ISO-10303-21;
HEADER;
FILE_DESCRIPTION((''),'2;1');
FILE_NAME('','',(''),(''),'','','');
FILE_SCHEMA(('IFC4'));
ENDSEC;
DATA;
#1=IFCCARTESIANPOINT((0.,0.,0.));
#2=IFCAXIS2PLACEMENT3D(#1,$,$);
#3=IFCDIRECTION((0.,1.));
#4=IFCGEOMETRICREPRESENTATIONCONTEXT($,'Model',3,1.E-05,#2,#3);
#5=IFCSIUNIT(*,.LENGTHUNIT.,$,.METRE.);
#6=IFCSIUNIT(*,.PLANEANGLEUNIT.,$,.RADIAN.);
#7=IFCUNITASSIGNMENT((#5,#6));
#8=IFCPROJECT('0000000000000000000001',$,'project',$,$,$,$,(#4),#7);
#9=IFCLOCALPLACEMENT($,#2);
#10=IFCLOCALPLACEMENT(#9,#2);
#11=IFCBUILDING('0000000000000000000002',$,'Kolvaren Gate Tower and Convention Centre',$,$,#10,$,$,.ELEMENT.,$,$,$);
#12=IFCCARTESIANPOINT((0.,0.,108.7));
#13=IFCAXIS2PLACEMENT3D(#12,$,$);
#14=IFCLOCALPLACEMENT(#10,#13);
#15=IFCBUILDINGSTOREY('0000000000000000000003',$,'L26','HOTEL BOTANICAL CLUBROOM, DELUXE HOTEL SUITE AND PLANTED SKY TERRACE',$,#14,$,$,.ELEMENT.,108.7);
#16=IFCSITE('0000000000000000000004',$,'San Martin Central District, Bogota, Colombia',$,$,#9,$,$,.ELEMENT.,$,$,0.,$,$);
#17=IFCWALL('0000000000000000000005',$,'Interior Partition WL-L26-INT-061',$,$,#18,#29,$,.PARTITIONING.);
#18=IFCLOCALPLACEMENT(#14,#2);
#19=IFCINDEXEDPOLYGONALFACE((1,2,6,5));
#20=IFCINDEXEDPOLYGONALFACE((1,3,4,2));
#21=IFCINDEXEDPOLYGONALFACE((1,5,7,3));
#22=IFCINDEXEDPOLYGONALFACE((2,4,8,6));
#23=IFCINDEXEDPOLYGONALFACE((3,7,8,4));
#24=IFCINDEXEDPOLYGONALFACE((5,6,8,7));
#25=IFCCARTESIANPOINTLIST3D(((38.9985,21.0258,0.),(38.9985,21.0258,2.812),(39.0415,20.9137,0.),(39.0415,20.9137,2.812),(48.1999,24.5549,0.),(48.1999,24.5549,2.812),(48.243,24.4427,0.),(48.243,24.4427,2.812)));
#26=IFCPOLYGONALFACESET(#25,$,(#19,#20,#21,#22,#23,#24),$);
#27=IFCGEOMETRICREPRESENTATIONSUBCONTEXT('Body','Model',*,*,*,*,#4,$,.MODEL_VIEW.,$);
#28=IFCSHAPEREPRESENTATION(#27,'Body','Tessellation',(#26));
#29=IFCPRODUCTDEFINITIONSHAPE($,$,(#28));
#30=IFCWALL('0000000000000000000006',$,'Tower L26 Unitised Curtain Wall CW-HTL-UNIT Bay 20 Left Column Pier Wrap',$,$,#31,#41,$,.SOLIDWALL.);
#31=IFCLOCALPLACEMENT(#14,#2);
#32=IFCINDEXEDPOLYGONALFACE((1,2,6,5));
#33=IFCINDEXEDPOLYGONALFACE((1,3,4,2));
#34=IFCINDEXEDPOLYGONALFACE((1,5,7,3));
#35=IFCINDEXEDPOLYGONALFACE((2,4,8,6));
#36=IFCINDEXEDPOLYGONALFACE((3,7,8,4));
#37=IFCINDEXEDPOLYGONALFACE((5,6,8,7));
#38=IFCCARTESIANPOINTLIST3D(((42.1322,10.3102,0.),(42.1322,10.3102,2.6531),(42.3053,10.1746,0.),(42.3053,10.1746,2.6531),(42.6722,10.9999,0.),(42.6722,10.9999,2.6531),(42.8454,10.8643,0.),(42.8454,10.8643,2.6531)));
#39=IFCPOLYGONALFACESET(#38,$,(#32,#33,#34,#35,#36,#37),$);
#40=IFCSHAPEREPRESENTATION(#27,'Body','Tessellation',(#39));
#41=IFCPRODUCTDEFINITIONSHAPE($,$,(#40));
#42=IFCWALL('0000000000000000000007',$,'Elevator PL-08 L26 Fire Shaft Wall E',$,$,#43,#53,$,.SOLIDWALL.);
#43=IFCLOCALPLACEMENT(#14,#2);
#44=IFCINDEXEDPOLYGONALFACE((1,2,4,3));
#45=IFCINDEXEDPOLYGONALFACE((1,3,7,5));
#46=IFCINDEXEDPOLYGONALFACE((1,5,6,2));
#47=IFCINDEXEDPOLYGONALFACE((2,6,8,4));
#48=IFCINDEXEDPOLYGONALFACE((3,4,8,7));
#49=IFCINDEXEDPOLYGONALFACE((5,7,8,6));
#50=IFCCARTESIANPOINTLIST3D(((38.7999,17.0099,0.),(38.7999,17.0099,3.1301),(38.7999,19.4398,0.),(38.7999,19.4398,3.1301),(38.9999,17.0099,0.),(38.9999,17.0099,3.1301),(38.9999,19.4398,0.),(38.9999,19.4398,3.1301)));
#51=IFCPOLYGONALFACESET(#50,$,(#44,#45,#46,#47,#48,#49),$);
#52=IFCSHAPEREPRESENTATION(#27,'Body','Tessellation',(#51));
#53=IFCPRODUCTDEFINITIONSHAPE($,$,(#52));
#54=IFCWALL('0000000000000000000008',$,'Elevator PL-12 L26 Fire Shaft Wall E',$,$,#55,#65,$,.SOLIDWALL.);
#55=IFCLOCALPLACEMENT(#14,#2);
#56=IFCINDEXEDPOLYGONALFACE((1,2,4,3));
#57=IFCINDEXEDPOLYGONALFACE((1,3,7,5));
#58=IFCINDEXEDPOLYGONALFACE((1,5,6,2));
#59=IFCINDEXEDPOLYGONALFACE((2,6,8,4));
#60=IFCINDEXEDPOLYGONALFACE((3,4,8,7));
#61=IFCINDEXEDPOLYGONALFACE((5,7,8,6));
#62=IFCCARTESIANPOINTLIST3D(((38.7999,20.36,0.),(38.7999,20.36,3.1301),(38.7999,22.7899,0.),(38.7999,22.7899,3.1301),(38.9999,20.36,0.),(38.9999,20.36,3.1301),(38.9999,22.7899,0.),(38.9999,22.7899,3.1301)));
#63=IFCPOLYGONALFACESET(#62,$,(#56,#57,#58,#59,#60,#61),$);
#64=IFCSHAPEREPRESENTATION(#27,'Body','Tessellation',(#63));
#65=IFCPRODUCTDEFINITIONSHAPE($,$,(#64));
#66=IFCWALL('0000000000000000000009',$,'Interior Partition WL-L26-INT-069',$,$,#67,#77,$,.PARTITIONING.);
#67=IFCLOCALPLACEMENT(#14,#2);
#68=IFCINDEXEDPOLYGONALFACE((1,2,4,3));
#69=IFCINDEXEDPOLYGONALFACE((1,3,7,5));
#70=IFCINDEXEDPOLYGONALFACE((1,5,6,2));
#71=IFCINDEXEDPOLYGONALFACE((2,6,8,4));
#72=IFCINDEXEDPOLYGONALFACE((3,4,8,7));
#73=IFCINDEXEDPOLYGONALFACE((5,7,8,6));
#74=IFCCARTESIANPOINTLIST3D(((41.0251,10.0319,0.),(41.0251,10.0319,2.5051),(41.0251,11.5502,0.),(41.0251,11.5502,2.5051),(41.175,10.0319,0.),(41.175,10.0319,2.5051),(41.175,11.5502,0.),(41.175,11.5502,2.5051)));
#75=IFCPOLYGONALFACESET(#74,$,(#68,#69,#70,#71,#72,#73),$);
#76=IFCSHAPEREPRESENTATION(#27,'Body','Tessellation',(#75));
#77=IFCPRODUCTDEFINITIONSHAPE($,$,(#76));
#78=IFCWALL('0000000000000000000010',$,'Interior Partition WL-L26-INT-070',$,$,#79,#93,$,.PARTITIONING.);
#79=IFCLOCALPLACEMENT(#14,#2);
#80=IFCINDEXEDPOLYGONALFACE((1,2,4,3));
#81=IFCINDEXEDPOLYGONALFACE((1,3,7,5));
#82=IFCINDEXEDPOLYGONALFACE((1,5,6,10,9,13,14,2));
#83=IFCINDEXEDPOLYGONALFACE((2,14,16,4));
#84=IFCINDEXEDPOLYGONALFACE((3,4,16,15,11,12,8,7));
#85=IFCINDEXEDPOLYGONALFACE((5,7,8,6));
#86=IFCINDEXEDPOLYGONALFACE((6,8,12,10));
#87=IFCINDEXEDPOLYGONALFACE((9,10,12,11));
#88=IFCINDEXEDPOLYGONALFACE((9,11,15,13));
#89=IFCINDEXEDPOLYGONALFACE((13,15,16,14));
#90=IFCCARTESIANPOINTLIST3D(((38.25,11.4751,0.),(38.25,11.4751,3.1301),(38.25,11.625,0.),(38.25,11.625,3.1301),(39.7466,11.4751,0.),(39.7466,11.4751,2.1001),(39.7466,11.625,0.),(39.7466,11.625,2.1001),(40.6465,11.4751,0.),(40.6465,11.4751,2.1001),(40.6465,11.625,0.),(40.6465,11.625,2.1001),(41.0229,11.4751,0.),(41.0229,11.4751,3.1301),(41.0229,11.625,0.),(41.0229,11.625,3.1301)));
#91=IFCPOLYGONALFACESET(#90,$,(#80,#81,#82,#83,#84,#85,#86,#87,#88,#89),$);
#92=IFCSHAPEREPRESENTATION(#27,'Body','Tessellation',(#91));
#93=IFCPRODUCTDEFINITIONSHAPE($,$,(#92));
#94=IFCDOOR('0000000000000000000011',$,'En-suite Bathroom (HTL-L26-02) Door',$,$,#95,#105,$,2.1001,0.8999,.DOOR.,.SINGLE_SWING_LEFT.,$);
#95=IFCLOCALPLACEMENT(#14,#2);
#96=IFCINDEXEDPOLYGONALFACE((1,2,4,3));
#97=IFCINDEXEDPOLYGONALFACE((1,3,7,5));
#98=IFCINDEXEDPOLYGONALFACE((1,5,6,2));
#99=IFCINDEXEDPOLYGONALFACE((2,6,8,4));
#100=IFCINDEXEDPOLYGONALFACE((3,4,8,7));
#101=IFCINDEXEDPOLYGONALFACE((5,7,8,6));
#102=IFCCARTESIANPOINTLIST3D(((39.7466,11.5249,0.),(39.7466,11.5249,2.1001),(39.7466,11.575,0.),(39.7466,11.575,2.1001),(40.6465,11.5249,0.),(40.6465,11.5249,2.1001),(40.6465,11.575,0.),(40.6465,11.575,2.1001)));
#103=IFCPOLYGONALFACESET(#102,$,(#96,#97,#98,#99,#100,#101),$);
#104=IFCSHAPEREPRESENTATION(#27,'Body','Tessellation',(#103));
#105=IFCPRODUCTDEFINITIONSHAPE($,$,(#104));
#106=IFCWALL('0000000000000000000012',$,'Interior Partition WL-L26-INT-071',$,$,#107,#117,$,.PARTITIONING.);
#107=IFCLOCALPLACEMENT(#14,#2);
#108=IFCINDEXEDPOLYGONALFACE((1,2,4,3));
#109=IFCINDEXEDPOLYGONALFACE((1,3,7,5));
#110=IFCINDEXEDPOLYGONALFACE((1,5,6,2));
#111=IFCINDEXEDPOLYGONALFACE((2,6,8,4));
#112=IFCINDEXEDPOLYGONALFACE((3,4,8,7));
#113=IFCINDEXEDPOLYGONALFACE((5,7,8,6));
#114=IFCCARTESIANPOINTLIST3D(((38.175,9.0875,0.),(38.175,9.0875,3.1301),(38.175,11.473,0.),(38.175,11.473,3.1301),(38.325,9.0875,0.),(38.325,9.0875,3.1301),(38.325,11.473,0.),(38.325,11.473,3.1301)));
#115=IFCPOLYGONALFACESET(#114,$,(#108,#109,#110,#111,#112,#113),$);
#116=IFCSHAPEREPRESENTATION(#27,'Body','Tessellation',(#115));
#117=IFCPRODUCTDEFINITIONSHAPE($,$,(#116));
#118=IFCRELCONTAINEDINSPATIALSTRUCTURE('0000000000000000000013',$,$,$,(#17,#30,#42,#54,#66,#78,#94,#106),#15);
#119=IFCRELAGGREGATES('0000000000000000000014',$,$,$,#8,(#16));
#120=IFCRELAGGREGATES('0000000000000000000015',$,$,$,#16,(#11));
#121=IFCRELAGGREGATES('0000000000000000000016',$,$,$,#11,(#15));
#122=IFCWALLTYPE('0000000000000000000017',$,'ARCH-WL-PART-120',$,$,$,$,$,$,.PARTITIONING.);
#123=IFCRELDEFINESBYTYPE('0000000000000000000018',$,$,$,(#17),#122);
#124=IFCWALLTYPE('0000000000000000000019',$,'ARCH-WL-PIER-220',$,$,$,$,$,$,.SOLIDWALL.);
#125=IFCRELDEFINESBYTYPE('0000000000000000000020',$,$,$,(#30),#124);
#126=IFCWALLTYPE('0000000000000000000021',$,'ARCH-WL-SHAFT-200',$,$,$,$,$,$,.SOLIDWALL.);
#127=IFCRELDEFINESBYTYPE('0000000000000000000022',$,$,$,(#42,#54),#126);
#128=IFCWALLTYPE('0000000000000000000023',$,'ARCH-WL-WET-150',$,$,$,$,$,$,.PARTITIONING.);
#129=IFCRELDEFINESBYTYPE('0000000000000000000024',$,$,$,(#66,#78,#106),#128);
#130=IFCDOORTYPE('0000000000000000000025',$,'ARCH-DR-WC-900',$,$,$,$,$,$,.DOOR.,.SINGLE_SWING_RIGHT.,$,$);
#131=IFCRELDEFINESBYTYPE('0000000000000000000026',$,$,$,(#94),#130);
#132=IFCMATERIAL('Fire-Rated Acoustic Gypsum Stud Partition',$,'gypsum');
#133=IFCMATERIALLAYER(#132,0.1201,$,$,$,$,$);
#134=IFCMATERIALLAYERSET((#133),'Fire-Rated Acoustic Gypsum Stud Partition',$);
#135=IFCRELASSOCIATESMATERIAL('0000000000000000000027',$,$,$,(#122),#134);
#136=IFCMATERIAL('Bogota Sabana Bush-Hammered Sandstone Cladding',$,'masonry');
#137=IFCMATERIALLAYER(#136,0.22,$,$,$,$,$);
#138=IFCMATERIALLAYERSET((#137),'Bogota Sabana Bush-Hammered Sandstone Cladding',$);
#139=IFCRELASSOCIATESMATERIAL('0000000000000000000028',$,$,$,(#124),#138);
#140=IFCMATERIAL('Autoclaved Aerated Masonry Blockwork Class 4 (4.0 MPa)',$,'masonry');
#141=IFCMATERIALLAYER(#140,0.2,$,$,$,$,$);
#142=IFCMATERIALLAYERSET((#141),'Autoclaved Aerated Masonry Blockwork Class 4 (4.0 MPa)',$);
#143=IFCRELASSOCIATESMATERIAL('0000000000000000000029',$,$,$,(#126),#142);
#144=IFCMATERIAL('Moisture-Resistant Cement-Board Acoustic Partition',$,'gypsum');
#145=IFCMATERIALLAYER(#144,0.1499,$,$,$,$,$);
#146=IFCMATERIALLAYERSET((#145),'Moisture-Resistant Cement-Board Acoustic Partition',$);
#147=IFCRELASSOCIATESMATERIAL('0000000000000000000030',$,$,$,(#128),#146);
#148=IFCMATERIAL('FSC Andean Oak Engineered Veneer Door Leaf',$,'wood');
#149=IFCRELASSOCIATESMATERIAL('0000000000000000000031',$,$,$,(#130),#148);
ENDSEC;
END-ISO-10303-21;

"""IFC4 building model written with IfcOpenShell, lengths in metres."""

from ifc_helpers import new_model, si_unit, direction, frame, frame_2d, origin, place, context, subcontext, project, spatial, rectangle, extrude, material, layer, layer_set, type_object, element, fill, save


model = new_model("IFC4")

# Units and contexts
model_context = context("Model", 3, precision=1e-05, world=origin(), true_north=direction((0.0, 1.0)))
body_context = subcontext(model_context, "Body", "Model", "MODEL_VIEW")
ifc_project = project(units=[si_unit("LENGTHUNIT", "METRE"), si_unit("PLANEANGLEUNIT", "RADIAN")], contexts=[model_context])

# Site, building, storey
site_placement = place(None, origin())
site = spatial("IfcSite", under=ifc_project, at=site_placement, Name="San Martin Central District, Bogota, Colombia", CompositionType="ELEMENT", RefElevation=0.0)
building_placement = place(site_placement, origin())
building = spatial("IfcBuilding", under=site, at=building_placement, Name="Kolvaren Gate Tower and Convention Centre", CompositionType="ELEMENT")
storey_placement = place(building_placement, frame((0.0, 0.0, 108.7)))
storey = spatial("IfcBuildingStorey", under=building, at=storey_placement, Name="L26", Description="HOTEL BOTANICAL CLUBROOM, DELUXE HOTEL SUITE AND PLANTED SKY TERRACE", CompositionType="ELEMENT", Elevation=108.7)

# Shared definitions
ifc_material_1 = material(Name="Fire-Rated Acoustic Gypsum Stud Partition", Category="gypsum")
ifc_layer_1 = layer(ifc_material_1, 0.1201)
ifc_layer_set_1 = layer_set([ifc_layer_1], Name="Fire-Rated Acoustic Gypsum Stud Partition")
wall_type_1 = type_object("IfcWallType", Name="ARCH-WL-PART-120", PredefinedType="PARTITIONING", material=ifc_layer_set_1)

# Walls
wall_1_placement = place(storey_placement, frame((39.02, 20.9697, 0.0), z_axis=(0.0, 0.0, 1.0), x_axis=(0.933684, 0.358099, 0.0)))
element("IfcWall", 1, at=wall_1_placement, inside=storey, type_object=wall_type_1, Name="Interior Partition WL-L26-INT-061", PredefinedType="PARTITIONING", context=body_context, shape_type="SweptSolid", body=[
    extrude(rectangle(XDim=9.855, YDim=0.1201, at=frame_2d((4.9275, 0.0))), origin(), (0.0, 0.0, 1.0), 2.812),
])
ifc_material_2 = material(Name="Bogota Sabana Bush-Hammered Sandstone Cladding", Category="masonry")
ifc_layer_2 = layer(ifc_material_2, 0.22)
ifc_layer_set_2 = layer_set([ifc_layer_2], Name="Bogota Sabana Bush-Hammered Sandstone Cladding")
wall_type_2 = type_object("IfcWallType", Name="ARCH-WL-PIER-220", PredefinedType="SOLIDWALL", material=ifc_layer_set_2)
wall_2_placement = place(storey_placement, frame((42.2188, 10.2424, 0.0), z_axis=(0.0, 0.0, 1.0), x_axis=(0.616504, 0.787352, 0.0)))
element("IfcWall", 2, at=wall_2_placement, inside=storey, type_object=wall_type_2, Name="Tower L26 Unitised Curtain Wall CW-HTL-UNIT Bay 20 Left Column Pier Wrap", PredefinedType="SOLIDWALL", context=body_context, shape_type="SweptSolid", body=[
    extrude(rectangle(XDim=0.876, YDim=0.22, at=frame_2d((0.438, 0.0))), origin(), (0.0, 0.0, 1.0), 2.6531),
])
ifc_material_3 = material(Name="Autoclaved Aerated Masonry Blockwork Class 4 (4.0 MPa)", Category="masonry")
ifc_layer_3 = layer(ifc_material_3, 0.2)
ifc_layer_set_3 = layer_set([ifc_layer_3], Name="Autoclaved Aerated Masonry Blockwork Class 4 (4.0 MPa)")
wall_type_3 = type_object("IfcWallType", Name="ARCH-WL-SHAFT-200", PredefinedType="SOLIDWALL", material=ifc_layer_set_3)
for number, where, z_axis, x_axis, name in (
    (3, (38.8999, 17.01, 0.0), (0.0, 0.0, 1.0), (0.0, 1.0, 0.0), "Elevator PL-08 L26 Fire Shaft Wall E"),
    (4, (38.8999, 20.3601, 0.0), (0.0, 0.0, 1.0), (0.0, 1.0, 0.0), "Elevator PL-12 L26 Fire Shaft Wall E"),
):
    element("IfcWall", number, at=place(storey_placement, frame(where, z_axis=z_axis, x_axis=x_axis)), inside=storey, type_object=wall_type_3, Name=name, PredefinedType="SOLIDWALL", context=body_context, shape_type="SweptSolid", body=[
        extrude(rectangle(XDim=2.4299, YDim=0.2, at=frame_2d((1.2148, 0.0))), origin(), (0.0, 0.0, 1.0), 3.1301),
    ])
ifc_material_4 = material(Name="Moisture-Resistant Cement-Board Acoustic Partition", Category="gypsum")
ifc_layer_4 = layer(ifc_material_4, 0.1499)
ifc_layer_set_4 = layer_set([ifc_layer_4], Name="Moisture-Resistant Cement-Board Acoustic Partition")
wall_type_4 = type_object("IfcWallType", Name="ARCH-WL-WET-150", PredefinedType="PARTITIONING", material=ifc_layer_set_4)
wall_3_placement = place(storey_placement, frame((41.1001, 10.0317, 0.0), z_axis=(0.0, 0.0, 1.0), x_axis=(0.0, 1.0, 0.0)))
element("IfcWall", 5, at=wall_3_placement, inside=storey, type_object=wall_type_4, Name="Interior Partition WL-L26-INT-069", PredefinedType="PARTITIONING", context=body_context, shape_type="SweptSolid", body=[
    extrude(rectangle(XDim=1.5183, YDim=0.1499, at=frame_2d((0.7593, 0.0))), origin(), (0.0, 0.0, 1.0), 2.5051),
])

# Wall, opening, door
wall_4_placement = place(storey_placement, frame((38.25, 11.55, 0.0), z_axis=(0.0, 0.0, 1.0), x_axis=(1.0, 0.0, 0.0)))
wall_4 = element("IfcWall", 6, at=wall_4_placement, inside=storey, type_object=wall_type_4, Name="Interior Partition WL-L26-INT-070", PredefinedType="PARTITIONING", context=body_context, shape_type="SweptSolid", body=[
    extrude(rectangle(XDim=2.7729, YDim=0.1499, at=frame_2d((1.3865, 0.0))), origin(), (0.0, 0.0, 1.0), 3.1301),
])
opening_1_placement = place(wall_4_placement, frame((1.4966, 0.0, 0.0)))
opening_1 = element("IfcOpeningElement", 7, at=opening_1_placement, cuts=wall_4, PredefinedType="OPENING", context=body_context, shape_type="SweptSolid", body=[
    extrude(rectangle(XDim=0.8999, YDim=2.1001, at=frame_2d((0.45, 1.05))), frame((0.0, 0.085, 0.0), z_axis=(0.0, -1.0, 0.0), x_axis=(1.0, 0.0, 0.0)), (0.0, 0.0, 1.0), 0.1699),
])
ifc_material_5 = material(Name="FSC Andean Oak Engineered Veneer Door Leaf", Category="wood")
door_type_1 = type_object("IfcDoorType", Name="ARCH-DR-WC-900", OperationType="SINGLE_SWING_RIGHT", PredefinedType="DOOR", material=ifc_material_5)
door_1_placement = place(opening_1_placement, origin())
door_1 = element("IfcDoor", 8, at=door_1_placement, inside=storey, type_object=door_type_1, Name="En-suite Bathroom (HTL-L26-02) Door", OperationType="SINGLE_SWING_LEFT", OverallHeight=2.1001, OverallWidth=0.8999, PredefinedType="DOOR", context=body_context, shape_type="SweptSolid", body=[
    extrude(rectangle(XDim=0.8999, YDim=2.1001, at=frame_2d((0.45, 1.05))), frame((0.0, 0.0249, 0.0), z_axis=(0.0, -1.0, 0.0), x_axis=(1.0, 0.0, 0.0)), (0.0, 0.0, 1.0), 0.05),
])
fill(opening_1, door_1)

# Wall
wall_5_placement = place(storey_placement, frame((38.25, 9.0874, 0.0), z_axis=(0.0, 0.0, 1.0), x_axis=(0.0, 1.0, 0.0)))
element("IfcWall", 9, at=wall_5_placement, inside=storey, type_object=wall_type_4, Name="Interior Partition WL-L26-INT-071", PredefinedType="PARTITIONING", context=body_context, shape_type="SweptSolid", body=[
    extrude(rectangle(XDim=2.3855, YDim=0.1499, at=frame_2d((1.1929, 0.0))), origin(), (0.0, 0.0, 1.0), 3.1301),
])

save(model, "model.ifc")
